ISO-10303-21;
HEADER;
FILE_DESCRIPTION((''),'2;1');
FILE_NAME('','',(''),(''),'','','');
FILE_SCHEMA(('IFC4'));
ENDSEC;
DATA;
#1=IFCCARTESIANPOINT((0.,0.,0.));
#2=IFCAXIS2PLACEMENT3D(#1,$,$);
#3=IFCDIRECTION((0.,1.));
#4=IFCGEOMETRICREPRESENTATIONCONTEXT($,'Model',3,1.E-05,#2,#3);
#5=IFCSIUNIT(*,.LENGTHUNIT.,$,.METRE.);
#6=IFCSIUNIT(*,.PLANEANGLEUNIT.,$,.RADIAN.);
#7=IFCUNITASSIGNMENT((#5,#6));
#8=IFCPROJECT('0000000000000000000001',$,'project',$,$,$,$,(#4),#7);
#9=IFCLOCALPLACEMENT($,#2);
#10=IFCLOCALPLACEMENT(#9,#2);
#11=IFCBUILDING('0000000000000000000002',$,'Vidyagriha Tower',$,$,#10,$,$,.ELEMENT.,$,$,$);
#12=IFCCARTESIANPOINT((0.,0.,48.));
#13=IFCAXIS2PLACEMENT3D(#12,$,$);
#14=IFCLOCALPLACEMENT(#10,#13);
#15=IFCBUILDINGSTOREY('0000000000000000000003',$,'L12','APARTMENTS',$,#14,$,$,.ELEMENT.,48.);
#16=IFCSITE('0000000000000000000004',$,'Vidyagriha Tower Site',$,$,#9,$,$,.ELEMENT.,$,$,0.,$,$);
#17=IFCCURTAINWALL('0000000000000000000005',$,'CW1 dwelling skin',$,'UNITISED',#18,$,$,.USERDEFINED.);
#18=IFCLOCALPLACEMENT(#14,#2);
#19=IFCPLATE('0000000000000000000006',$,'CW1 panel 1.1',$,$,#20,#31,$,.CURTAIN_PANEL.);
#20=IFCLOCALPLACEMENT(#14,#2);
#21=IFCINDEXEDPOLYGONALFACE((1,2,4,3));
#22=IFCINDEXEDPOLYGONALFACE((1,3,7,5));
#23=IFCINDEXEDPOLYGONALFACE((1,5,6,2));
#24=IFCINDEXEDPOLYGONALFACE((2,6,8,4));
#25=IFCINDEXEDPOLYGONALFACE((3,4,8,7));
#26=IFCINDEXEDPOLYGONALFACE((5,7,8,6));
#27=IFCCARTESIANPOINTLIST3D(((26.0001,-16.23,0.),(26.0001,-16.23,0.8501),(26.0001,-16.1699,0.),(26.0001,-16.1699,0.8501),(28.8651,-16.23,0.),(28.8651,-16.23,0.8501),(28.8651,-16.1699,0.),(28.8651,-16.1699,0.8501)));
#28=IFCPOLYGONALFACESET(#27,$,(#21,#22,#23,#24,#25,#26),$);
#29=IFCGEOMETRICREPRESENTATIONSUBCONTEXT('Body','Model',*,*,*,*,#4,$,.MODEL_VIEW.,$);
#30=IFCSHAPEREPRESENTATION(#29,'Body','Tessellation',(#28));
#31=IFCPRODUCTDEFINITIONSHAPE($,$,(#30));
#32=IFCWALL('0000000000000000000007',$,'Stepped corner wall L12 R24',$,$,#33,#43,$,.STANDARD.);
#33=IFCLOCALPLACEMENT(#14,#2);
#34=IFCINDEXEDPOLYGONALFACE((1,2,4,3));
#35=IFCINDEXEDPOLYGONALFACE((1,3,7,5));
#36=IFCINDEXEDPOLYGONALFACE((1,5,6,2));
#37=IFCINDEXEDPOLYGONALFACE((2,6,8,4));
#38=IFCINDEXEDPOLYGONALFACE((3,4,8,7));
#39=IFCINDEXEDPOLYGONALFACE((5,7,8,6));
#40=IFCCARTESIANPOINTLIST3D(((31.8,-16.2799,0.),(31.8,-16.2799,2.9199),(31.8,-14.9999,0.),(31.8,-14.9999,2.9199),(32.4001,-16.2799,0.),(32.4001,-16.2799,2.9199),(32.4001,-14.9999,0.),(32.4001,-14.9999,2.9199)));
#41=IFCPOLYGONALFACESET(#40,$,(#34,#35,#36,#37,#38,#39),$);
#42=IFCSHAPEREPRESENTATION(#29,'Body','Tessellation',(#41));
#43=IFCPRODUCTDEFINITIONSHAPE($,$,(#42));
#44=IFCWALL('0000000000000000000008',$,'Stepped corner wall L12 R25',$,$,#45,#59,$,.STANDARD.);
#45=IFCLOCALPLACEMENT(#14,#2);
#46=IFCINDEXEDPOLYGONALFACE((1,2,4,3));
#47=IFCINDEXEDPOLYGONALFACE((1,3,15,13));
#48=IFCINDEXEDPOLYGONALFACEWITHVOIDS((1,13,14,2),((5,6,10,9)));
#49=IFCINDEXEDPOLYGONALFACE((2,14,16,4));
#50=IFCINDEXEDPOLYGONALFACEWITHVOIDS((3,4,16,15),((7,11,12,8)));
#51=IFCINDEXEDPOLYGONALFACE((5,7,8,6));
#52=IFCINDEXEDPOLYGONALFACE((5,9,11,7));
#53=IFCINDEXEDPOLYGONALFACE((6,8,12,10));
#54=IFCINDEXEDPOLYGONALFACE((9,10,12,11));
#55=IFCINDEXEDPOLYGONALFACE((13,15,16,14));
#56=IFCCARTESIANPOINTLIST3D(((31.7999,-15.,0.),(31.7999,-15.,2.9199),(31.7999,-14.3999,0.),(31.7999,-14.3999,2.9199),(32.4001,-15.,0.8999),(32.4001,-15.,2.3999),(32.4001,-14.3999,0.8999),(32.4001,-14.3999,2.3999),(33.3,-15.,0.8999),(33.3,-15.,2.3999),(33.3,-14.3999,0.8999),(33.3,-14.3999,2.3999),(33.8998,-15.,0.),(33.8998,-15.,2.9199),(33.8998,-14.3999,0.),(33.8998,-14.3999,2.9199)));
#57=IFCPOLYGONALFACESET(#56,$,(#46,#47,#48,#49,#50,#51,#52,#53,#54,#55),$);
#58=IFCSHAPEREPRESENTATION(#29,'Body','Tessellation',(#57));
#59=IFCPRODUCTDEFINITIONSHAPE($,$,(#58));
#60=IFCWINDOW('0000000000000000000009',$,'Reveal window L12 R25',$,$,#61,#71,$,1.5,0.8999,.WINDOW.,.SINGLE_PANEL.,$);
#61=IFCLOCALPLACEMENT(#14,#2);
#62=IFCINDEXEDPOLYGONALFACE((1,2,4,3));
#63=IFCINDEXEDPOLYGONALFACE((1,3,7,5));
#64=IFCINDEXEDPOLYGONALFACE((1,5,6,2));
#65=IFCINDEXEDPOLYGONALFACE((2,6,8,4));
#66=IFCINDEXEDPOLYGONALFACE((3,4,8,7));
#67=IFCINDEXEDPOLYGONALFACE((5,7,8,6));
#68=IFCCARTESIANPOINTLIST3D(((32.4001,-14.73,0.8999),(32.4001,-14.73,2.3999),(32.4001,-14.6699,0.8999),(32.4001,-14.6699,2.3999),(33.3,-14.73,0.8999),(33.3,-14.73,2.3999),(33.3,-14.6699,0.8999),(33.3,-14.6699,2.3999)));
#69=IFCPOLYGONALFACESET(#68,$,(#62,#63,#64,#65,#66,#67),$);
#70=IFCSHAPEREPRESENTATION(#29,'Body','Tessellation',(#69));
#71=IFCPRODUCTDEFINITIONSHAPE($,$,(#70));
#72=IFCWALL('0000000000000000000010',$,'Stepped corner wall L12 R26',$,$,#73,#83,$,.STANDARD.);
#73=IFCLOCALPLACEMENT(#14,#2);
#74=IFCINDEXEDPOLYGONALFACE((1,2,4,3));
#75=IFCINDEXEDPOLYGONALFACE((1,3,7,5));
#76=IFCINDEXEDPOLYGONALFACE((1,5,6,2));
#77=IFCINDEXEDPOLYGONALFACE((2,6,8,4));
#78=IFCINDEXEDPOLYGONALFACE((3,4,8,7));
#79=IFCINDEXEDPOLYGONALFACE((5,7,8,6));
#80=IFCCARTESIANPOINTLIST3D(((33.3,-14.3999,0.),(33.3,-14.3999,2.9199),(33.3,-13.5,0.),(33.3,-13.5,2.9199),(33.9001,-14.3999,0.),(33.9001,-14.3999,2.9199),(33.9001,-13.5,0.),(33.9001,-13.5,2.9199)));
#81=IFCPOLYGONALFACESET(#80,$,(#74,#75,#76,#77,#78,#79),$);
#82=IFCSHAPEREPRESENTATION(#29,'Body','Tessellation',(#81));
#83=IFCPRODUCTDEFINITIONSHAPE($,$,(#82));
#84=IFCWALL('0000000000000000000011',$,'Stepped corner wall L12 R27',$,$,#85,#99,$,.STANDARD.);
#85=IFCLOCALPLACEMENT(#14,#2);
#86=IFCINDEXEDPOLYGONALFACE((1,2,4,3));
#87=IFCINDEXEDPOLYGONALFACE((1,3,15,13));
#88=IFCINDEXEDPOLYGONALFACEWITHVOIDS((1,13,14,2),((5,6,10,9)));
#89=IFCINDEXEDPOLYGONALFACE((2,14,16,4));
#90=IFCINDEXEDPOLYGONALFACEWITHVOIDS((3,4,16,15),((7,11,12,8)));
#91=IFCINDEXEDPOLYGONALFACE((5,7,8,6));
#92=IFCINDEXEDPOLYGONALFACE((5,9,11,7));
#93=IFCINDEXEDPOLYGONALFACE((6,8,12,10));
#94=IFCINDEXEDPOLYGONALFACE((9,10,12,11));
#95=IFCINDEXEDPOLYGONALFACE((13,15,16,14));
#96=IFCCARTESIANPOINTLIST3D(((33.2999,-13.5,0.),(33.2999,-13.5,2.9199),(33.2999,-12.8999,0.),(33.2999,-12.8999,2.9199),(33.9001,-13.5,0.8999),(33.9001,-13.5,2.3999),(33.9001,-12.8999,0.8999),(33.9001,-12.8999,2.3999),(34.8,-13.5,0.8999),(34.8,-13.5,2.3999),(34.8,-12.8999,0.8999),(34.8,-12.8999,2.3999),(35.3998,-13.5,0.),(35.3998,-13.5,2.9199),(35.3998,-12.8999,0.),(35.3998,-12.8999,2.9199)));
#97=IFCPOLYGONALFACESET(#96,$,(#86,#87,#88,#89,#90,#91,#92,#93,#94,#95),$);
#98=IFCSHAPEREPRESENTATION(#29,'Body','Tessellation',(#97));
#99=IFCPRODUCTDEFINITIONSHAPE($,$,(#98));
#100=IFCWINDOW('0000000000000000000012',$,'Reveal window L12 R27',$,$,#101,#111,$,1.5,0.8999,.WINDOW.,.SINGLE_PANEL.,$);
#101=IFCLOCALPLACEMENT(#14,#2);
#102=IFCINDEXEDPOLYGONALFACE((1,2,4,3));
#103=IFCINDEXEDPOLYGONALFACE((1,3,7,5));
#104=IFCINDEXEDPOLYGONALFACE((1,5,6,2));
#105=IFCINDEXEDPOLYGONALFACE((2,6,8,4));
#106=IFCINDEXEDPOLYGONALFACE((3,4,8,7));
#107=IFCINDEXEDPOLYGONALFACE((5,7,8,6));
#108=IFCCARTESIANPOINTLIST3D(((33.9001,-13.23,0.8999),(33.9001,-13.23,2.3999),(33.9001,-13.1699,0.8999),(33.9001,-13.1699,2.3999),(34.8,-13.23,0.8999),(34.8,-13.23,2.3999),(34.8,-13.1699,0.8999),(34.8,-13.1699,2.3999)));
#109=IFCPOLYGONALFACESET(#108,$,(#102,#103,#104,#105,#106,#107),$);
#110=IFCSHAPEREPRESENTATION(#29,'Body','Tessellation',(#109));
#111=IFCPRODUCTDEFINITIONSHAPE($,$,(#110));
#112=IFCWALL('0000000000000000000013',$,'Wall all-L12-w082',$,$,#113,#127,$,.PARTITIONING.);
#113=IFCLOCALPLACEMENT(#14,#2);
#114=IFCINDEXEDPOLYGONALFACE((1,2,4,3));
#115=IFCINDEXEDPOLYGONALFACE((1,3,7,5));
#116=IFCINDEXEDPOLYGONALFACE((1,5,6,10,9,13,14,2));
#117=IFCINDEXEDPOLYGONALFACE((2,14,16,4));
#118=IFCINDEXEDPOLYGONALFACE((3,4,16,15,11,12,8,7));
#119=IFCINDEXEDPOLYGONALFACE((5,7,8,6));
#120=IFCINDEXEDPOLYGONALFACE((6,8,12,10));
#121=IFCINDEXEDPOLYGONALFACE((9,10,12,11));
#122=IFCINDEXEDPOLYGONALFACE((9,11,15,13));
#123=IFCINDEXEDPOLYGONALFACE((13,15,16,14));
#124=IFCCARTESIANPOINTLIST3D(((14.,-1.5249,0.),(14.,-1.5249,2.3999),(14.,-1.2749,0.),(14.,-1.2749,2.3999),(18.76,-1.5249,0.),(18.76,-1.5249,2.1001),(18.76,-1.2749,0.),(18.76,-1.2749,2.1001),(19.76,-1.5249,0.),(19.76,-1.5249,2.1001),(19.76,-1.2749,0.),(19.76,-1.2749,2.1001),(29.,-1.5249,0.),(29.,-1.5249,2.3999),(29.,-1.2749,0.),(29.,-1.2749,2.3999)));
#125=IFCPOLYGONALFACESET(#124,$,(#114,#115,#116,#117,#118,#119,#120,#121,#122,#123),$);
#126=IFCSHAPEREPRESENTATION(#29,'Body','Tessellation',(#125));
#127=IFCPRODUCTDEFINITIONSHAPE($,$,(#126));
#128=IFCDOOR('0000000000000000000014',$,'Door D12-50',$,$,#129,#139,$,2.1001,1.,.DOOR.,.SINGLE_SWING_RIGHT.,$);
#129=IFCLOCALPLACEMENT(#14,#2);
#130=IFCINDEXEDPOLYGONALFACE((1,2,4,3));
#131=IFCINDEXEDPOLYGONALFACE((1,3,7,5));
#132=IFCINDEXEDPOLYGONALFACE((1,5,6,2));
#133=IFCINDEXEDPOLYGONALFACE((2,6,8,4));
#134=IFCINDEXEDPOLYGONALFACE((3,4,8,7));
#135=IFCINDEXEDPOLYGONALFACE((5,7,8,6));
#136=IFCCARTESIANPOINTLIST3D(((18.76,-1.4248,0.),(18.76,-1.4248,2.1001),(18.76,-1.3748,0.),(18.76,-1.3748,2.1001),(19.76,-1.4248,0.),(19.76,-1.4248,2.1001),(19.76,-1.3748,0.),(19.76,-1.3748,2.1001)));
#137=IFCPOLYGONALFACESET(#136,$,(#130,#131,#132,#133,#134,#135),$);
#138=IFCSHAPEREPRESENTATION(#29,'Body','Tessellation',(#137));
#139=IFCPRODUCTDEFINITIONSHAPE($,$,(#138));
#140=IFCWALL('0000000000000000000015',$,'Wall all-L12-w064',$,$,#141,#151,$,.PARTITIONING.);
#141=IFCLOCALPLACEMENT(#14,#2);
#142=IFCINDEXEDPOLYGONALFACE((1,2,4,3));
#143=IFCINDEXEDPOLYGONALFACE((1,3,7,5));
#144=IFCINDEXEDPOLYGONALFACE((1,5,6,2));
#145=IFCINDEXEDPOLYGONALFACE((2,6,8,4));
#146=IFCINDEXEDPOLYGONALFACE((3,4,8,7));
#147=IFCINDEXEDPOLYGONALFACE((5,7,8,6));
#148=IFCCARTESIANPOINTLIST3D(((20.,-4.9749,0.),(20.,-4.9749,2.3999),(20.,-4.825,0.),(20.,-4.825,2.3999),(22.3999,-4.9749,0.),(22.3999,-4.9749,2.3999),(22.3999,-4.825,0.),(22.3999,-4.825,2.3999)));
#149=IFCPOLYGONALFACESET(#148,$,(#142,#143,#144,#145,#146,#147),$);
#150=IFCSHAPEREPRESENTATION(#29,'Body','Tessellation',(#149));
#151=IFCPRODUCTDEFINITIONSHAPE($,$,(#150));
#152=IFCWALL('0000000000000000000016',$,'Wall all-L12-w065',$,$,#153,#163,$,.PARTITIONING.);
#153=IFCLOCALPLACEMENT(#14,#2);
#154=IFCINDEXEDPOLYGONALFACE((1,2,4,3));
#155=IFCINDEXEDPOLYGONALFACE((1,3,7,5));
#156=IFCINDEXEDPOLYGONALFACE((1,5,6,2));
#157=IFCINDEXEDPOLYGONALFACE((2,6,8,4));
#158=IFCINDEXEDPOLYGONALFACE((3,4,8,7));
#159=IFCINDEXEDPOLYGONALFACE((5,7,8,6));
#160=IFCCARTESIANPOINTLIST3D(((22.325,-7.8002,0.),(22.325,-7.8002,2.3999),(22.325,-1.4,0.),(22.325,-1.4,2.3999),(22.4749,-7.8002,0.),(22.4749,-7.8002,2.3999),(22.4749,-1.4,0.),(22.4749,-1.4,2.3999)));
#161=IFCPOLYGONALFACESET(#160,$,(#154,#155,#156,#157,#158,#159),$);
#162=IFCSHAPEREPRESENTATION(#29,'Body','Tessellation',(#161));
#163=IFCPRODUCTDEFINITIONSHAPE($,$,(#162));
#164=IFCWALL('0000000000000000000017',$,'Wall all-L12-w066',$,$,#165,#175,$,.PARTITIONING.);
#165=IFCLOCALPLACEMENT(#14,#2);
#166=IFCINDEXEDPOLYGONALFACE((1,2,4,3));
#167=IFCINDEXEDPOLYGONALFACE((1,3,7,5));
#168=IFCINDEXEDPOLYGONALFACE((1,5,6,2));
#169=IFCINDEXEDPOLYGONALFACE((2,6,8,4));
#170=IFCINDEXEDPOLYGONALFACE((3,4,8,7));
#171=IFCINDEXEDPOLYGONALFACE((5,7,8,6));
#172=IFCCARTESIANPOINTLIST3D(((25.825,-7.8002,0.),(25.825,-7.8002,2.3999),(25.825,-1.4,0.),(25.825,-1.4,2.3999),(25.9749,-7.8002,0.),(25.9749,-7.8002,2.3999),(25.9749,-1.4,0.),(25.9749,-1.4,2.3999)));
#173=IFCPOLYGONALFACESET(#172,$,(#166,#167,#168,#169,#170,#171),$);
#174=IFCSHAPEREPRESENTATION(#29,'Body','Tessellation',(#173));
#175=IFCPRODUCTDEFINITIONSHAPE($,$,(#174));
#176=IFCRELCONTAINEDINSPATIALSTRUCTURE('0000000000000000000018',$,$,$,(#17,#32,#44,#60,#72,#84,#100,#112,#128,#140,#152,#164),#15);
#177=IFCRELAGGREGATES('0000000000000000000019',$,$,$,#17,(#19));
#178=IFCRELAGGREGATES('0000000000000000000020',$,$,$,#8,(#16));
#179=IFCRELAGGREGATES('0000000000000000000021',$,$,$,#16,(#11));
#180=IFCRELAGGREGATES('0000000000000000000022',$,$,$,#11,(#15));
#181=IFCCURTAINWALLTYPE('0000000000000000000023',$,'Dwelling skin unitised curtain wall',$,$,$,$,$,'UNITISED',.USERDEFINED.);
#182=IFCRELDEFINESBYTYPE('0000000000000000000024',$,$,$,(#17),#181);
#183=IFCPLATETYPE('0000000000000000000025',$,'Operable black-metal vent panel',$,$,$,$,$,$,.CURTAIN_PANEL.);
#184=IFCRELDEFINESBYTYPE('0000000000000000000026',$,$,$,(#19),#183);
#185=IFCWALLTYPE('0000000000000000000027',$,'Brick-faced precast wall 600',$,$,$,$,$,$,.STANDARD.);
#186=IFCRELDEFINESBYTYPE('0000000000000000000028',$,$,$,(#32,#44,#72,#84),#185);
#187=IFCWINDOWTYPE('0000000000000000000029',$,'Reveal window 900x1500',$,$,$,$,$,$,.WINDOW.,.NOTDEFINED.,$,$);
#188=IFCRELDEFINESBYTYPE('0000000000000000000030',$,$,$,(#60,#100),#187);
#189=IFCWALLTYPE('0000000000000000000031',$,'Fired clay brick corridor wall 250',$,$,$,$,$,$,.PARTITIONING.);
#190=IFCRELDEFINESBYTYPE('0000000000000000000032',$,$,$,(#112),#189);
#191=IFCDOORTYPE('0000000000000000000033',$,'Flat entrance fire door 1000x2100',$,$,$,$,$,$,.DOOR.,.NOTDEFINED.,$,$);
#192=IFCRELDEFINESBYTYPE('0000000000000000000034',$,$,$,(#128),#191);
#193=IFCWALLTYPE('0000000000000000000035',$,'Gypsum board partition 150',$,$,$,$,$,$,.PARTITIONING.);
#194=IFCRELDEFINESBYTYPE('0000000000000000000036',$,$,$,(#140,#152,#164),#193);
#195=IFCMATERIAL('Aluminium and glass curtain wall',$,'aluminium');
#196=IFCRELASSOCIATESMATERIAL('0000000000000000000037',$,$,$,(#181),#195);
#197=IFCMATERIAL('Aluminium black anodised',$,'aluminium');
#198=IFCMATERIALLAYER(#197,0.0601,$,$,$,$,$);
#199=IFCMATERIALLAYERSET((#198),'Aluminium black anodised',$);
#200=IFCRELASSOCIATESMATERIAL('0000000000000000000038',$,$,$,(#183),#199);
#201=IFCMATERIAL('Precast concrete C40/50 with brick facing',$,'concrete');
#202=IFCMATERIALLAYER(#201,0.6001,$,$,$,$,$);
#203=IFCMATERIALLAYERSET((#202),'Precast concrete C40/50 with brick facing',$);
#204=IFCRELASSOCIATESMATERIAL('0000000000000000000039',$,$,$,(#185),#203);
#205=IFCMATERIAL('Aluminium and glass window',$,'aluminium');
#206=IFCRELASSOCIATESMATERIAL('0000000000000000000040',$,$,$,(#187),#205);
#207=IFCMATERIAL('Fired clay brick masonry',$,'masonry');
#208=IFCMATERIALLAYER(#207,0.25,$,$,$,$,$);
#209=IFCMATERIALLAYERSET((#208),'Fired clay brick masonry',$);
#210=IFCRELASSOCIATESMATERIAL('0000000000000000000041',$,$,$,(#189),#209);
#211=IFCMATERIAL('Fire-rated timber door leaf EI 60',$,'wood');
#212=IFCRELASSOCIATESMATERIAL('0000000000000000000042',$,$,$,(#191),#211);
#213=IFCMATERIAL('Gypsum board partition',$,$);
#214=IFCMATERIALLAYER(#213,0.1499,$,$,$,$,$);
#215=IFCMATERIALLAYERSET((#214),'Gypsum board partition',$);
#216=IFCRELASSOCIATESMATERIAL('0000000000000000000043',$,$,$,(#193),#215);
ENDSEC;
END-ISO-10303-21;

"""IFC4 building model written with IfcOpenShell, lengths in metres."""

from ifc_helpers import new_model, si_unit, direction, frame, frame_2d, origin, origin_2d, place, context, subcontext, project, spatial, rectangle, extrude, material, layer, layer_set, type_object, element, fill, aggregate, save


model = new_model("IFC4")

# Units and contexts
model_context = context("Model", 3, precision=1e-05, world=origin(), true_north=direction((0.0, 1.0)))
body_context = subcontext(model_context, "Body", "Model", "MODEL_VIEW")
ifc_project = project(units=[si_unit("LENGTHUNIT", "METRE"), si_unit("PLANEANGLEUNIT", "RADIAN")], contexts=[model_context])

# Site, building, storey
site_placement = place(None, origin())
site = spatial("IfcSite", under=ifc_project, at=site_placement, Name="Vidyagriha Tower Site", CompositionType="ELEMENT", RefElevation=0.0)
building_placement = place(site_placement, origin())
building = spatial("IfcBuilding", under=site, at=building_placement, Name="Vidyagriha Tower", CompositionType="ELEMENT")
storey_placement = place(building_placement, frame((0.0, 0.0, 48.0)))
storey = spatial("IfcBuildingStorey", under=building, at=storey_placement, Name="L12", Description="APARTMENTS", CompositionType="ELEMENT", Elevation=48.0)

# Curtain wall, plate
ifc_material_1 = material(Name="Aluminium and glass curtain wall", Category="aluminium")
curtain_wall_type = type_object("IfcCurtainWallType", Name="Dwelling skin unitised curtain wall", ElementType="UNITISED", PredefinedType="USERDEFINED", material=ifc_material_1)
curtain_wall_placement = place(storey_placement, origin())
curtain_wall = element("IfcCurtainWall", 1, at=curtain_wall_placement, inside=storey, type_object=curtain_wall_type, Name="CW1 dwelling skin", ObjectType="UNITISED", PredefinedType="USERDEFINED")
ifc_material_2 = material(Name="Aluminium black anodised", Category="aluminium")
ifc_layer_1 = layer(ifc_material_2, 0.0601)
ifc_layer_set_1 = layer_set([ifc_layer_1], Name="Aluminium black anodised")
plate_type_1 = type_object("IfcPlateType", Name="Operable black-metal vent panel", PredefinedType="CURTAIN_PANEL", material=ifc_layer_set_1)
plate_1_placement = place(storey_placement, frame((27.4326, -16.2, 0.0)))
plate_1 = element("IfcPlate", 2, at=plate_1_placement, type_object=plate_type_1, Name="CW1 panel 1.1", PredefinedType="CURTAIN_PANEL", context=body_context, shape_type="SweptSolid", body=[
    extrude(rectangle(XDim=2.865, YDim=0.0601, at=origin_2d()), origin(), (0.0, 0.0, 1.0), 0.8501),
])
aggregate(curtain_wall, [plate_1])

# Wall
ifc_material_3 = material(Name="Precast concrete C40/50 with brick facing", Category="concrete")
ifc_layer_2 = layer(ifc_material_3, 0.6001)
ifc_layer_set_2 = layer_set([ifc_layer_2], Name="Precast concrete C40/50 with brick facing")
wall_type_1 = type_object("IfcWallType", Name="Brick-faced precast wall 600", PredefinedType="STANDARD", material=ifc_layer_set_2)
wall_1_placement = place(storey_placement, frame((32.1001, -16.28, 0.0), z_axis=(0.0, 0.0, 1.0), x_axis=(0.0, 1.0, 0.0)))
element("IfcWall", 3, at=wall_1_placement, inside=storey, type_object=wall_type_1, Name="Stepped corner wall L12 R24", PredefinedType="STANDARD", context=body_context, shape_type="SweptSolid", body=[
    extrude(rectangle(XDim=1.28, YDim=0.6001, at=frame_2d((0.6401, 0.0))), origin(), (0.0, 0.0, 1.0), 2.9199),
])

# Wall, opening, window
wall_2_placement = place(storey_placement, frame((31.8, -14.7, 0.0)))
wall_2 = element("IfcWall", 4, at=wall_2_placement, inside=storey, type_object=wall_type_1, Name="Stepped corner wall L12 R25", PredefinedType="STANDARD", context=body_context, shape_type="SweptSolid", body=[
    extrude(rectangle(XDim=2.0999, YDim=0.6001, at=frame_2d((1.0498, 0.0))), origin(), (0.0, 0.0, 1.0), 2.9199),
])
opening_1_placement = place(wall_2_placement, frame((0.6001, 0.0, 0.8999)))
opening_1 = element("IfcOpeningElement", 5, at=opening_1_placement, cuts=wall_2, PredefinedType="OPENING", context=body_context, shape_type="SweptSolid", body=[
    extrude(rectangle(XDim=0.8999, YDim=1.5, at=frame_2d((0.45, 0.75))), frame((0.0, 0.3101, 0.0), z_axis=(0.0, -1.0, 0.0), x_axis=(1.0, 0.0, 0.0)), (0.0, 0.0, 1.0), 0.6201),
])
ifc_material_4 = material(Name="Aluminium and glass window", Category="aluminium")
window_type = type_object("IfcWindowType", Name="Reveal window 900x1500", PartitioningType="NOTDEFINED", PredefinedType="WINDOW", material=ifc_material_4)
window_1_placement = place(opening_1_placement, origin())
window_1 = element("IfcWindow", 6, at=window_1_placement, inside=storey, type_object=window_type, Name="Reveal window L12 R25", OverallHeight=1.5, OverallWidth=0.8999, PartitioningType="SINGLE_PANEL", PredefinedType="WINDOW", context=body_context, shape_type="SweptSolid", body=[
    extrude(rectangle(XDim=0.8999, YDim=1.5, at=frame_2d((0.45, 0.75))), frame((0.0, 0.03, 0.0), z_axis=(0.0, -1.0, 0.0), x_axis=(1.0, 0.0, 0.0)), (0.0, 0.0, 1.0), 0.0601),
])
fill(opening_1, window_1)

# Wall
wall_3_placement = place(storey_placement, frame((33.6001, -14.3999, 0.0), z_axis=(0.0, 0.0, 1.0), x_axis=(0.0, 1.0, 0.0)))
element("IfcWall", 7, at=wall_3_placement, inside=storey, type_object=wall_type_1, Name="Stepped corner wall L12 R26", PredefinedType="STANDARD", context=body_context, shape_type="SweptSolid", body=[
    extrude(rectangle(XDim=0.8999, YDim=0.6001, at=frame_2d((0.45, 0.0))), origin(), (0.0, 0.0, 1.0), 2.9199),
])

# Wall, opening, window
wall_4_placement = place(storey_placement, frame((33.3, -13.2, 0.0)))
wall_4 = element("IfcWall", 8, at=wall_4_placement, inside=storey, type_object=wall_type_1, Name="Stepped corner wall L12 R27", PredefinedType="STANDARD", context=body_context, shape_type="SweptSolid", body=[
    extrude(rectangle(XDim=2.0999, YDim=0.6001, at=frame_2d((1.0498, 0.0))), origin(), (0.0, 0.0, 1.0), 2.9199),
])
opening_2_placement = place(wall_4_placement, frame((0.6001, 0.0, 0.8999)))
opening_2 = element("IfcOpeningElement", 9, at=opening_2_placement, cuts=wall_4, PredefinedType="OPENING", context=body_context, shape_type="SweptSolid", body=[
    extrude(rectangle(XDim=0.8999, YDim=1.5, at=frame_2d((0.45, 0.75))), frame((0.0, 0.3101, 0.0), z_axis=(0.0, -1.0, 0.0), x_axis=(1.0, 0.0, 0.0)), (0.0, 0.0, 1.0), 0.6201),
])
window_2_placement = place(opening_2_placement, origin())
window_2 = element("IfcWindow", 10, at=window_2_placement, inside=storey, type_object=window_type, Name="Reveal window L12 R27", OverallHeight=1.5, OverallWidth=0.8999, PartitioningType="SINGLE_PANEL", PredefinedType="WINDOW", context=body_context, shape_type="SweptSolid", body=[
    extrude(rectangle(XDim=0.8999, YDim=1.5, at=frame_2d((0.45, 0.75))), frame((0.0, 0.03, 0.0), z_axis=(0.0, -1.0, 0.0), x_axis=(1.0, 0.0, 0.0)), (0.0, 0.0, 1.0), 0.0601),
])
fill(opening_2, window_2)

# Wall, opening, door
ifc_material_5 = material(Name="Fired clay brick masonry", Category="masonry")
ifc_layer_3 = layer(ifc_material_5, 0.25)
ifc_layer_set_3 = layer_set([ifc_layer_3], Name="Fired clay brick masonry")
wall_type_2 = type_object("IfcWallType", Name="Fired clay brick corridor wall 250", PredefinedType="PARTITIONING", material=ifc_layer_set_3)
wall_5_placement = place(storey_placement, frame((29.0, -1.3999, 0.0), z_axis=(0.0, 0.0, 1.0), x_axis=(-1.0, 0.0, 0.0)))
wall_5 = element("IfcWall", 11, at=wall_5_placement, inside=storey, type_object=wall_type_2, Name="Wall all-L12-w082", PredefinedType="PARTITIONING", context=body_context, shape_type="SweptSolid", body=[
    extrude(rectangle(XDim=15.0, YDim=0.25, at=frame_2d((7.5, 0.0))), origin(), (0.0, 0.0, 1.0), 2.3999),
])
opening_3_placement = place(wall_5_placement, frame((9.24, 0.0, 0.0)))
opening_3 = element("IfcOpeningElement", 12, at=opening_3_placement, cuts=wall_5, PredefinedType="OPENING", context=body_context, shape_type="SweptSolid", body=[
    extrude(rectangle(XDim=1.0, YDim=2.1001, at=frame_2d((0.5, 1.05))), frame((0.0, 0.135, 0.0), z_axis=(0.0, -1.0, 0.0), x_axis=(1.0, 0.0, 0.0)), (0.0, 0.0, 1.0), 0.27),
])
ifc_material_6 = material(Name="Fire-rated timber door leaf EI 60", Category="wood")
door_type_1 = type_object("IfcDoorType", Name="Flat entrance fire door 1000x2100", OperationType="NOTDEFINED", PredefinedType="DOOR", material=ifc_material_6)
door_1_placement = place(opening_3_placement, origin())
door_1 = element("IfcDoor", 13, at=door_1_placement, inside=storey, type_object=door_type_1, Name="Door D12-50", OperationType="SINGLE_SWING_RIGHT", OverallHeight=2.1001, OverallWidth=1.0, PredefinedType="DOOR", context=body_context, shape_type="SweptSolid", body=[
    extrude(rectangle(XDim=1.0, YDim=2.1001, at=frame_2d((0.5, 1.05))), frame((0.0, 0.0249, 0.0), z_axis=(0.0, -1.0, 0.0), x_axis=(1.0, 0.0, 0.0)), (0.0, 0.0, 1.0), 0.05),
])
fill(opening_3, door_1)

# Walls
ifc_material_7 = material(Name="Gypsum board partition")
ifc_layer_4 = layer(ifc_material_7, 0.1499)
ifc_layer_set_4 = layer_set([ifc_layer_4], Name="Gypsum board partition")
wall_type_3 = type_object("IfcWallType", Name="Gypsum board partition 150", PredefinedType="PARTITIONING", material=ifc_layer_set_4)
wall_6_placement = place(storey_placement, frame((22.3999, -4.8999, 0.0), z_axis=(0.0, 0.0, 1.0), x_axis=(-1.0, 0.0, 0.0)))
element("IfcWall", 14, at=wall_6_placement, inside=storey, type_object=wall_type_3, Name="Wall all-L12-w064", PredefinedType="PARTITIONING", context=body_context, shape_type="SweptSolid", body=[
    extrude(rectangle(XDim=2.3999, YDim=0.1499, at=frame_2d((1.2, 0.0))), origin(), (0.0, 0.0, 1.0), 2.3999),
])
for number, where, z_axis, x_axis, name in (
    (15, (22.3999, -1.3999, 0.0), (0.0, 0.0, 1.0), (0.0, -1.0, 0.0), "Wall all-L12-w065"),
    (16, (25.8999, -1.3999, 0.0), (0.0, 0.0, 1.0), (0.0, -1.0, 0.0), "Wall all-L12-w066"),
):
    element("IfcWall", number, at=place(storey_placement, frame(where, z_axis=z_axis, x_axis=x_axis)), inside=storey, type_object=wall_type_3, Name=name, PredefinedType="PARTITIONING", context=body_context, shape_type="SweptSolid", body=[
        extrude(rectangle(XDim=6.4001, YDim=0.1499, at=frame_2d((3.2002, 0.0))), origin(), (0.0, 0.0, 1.0), 2.3999),
    ])

save(model, "model.ifc")
